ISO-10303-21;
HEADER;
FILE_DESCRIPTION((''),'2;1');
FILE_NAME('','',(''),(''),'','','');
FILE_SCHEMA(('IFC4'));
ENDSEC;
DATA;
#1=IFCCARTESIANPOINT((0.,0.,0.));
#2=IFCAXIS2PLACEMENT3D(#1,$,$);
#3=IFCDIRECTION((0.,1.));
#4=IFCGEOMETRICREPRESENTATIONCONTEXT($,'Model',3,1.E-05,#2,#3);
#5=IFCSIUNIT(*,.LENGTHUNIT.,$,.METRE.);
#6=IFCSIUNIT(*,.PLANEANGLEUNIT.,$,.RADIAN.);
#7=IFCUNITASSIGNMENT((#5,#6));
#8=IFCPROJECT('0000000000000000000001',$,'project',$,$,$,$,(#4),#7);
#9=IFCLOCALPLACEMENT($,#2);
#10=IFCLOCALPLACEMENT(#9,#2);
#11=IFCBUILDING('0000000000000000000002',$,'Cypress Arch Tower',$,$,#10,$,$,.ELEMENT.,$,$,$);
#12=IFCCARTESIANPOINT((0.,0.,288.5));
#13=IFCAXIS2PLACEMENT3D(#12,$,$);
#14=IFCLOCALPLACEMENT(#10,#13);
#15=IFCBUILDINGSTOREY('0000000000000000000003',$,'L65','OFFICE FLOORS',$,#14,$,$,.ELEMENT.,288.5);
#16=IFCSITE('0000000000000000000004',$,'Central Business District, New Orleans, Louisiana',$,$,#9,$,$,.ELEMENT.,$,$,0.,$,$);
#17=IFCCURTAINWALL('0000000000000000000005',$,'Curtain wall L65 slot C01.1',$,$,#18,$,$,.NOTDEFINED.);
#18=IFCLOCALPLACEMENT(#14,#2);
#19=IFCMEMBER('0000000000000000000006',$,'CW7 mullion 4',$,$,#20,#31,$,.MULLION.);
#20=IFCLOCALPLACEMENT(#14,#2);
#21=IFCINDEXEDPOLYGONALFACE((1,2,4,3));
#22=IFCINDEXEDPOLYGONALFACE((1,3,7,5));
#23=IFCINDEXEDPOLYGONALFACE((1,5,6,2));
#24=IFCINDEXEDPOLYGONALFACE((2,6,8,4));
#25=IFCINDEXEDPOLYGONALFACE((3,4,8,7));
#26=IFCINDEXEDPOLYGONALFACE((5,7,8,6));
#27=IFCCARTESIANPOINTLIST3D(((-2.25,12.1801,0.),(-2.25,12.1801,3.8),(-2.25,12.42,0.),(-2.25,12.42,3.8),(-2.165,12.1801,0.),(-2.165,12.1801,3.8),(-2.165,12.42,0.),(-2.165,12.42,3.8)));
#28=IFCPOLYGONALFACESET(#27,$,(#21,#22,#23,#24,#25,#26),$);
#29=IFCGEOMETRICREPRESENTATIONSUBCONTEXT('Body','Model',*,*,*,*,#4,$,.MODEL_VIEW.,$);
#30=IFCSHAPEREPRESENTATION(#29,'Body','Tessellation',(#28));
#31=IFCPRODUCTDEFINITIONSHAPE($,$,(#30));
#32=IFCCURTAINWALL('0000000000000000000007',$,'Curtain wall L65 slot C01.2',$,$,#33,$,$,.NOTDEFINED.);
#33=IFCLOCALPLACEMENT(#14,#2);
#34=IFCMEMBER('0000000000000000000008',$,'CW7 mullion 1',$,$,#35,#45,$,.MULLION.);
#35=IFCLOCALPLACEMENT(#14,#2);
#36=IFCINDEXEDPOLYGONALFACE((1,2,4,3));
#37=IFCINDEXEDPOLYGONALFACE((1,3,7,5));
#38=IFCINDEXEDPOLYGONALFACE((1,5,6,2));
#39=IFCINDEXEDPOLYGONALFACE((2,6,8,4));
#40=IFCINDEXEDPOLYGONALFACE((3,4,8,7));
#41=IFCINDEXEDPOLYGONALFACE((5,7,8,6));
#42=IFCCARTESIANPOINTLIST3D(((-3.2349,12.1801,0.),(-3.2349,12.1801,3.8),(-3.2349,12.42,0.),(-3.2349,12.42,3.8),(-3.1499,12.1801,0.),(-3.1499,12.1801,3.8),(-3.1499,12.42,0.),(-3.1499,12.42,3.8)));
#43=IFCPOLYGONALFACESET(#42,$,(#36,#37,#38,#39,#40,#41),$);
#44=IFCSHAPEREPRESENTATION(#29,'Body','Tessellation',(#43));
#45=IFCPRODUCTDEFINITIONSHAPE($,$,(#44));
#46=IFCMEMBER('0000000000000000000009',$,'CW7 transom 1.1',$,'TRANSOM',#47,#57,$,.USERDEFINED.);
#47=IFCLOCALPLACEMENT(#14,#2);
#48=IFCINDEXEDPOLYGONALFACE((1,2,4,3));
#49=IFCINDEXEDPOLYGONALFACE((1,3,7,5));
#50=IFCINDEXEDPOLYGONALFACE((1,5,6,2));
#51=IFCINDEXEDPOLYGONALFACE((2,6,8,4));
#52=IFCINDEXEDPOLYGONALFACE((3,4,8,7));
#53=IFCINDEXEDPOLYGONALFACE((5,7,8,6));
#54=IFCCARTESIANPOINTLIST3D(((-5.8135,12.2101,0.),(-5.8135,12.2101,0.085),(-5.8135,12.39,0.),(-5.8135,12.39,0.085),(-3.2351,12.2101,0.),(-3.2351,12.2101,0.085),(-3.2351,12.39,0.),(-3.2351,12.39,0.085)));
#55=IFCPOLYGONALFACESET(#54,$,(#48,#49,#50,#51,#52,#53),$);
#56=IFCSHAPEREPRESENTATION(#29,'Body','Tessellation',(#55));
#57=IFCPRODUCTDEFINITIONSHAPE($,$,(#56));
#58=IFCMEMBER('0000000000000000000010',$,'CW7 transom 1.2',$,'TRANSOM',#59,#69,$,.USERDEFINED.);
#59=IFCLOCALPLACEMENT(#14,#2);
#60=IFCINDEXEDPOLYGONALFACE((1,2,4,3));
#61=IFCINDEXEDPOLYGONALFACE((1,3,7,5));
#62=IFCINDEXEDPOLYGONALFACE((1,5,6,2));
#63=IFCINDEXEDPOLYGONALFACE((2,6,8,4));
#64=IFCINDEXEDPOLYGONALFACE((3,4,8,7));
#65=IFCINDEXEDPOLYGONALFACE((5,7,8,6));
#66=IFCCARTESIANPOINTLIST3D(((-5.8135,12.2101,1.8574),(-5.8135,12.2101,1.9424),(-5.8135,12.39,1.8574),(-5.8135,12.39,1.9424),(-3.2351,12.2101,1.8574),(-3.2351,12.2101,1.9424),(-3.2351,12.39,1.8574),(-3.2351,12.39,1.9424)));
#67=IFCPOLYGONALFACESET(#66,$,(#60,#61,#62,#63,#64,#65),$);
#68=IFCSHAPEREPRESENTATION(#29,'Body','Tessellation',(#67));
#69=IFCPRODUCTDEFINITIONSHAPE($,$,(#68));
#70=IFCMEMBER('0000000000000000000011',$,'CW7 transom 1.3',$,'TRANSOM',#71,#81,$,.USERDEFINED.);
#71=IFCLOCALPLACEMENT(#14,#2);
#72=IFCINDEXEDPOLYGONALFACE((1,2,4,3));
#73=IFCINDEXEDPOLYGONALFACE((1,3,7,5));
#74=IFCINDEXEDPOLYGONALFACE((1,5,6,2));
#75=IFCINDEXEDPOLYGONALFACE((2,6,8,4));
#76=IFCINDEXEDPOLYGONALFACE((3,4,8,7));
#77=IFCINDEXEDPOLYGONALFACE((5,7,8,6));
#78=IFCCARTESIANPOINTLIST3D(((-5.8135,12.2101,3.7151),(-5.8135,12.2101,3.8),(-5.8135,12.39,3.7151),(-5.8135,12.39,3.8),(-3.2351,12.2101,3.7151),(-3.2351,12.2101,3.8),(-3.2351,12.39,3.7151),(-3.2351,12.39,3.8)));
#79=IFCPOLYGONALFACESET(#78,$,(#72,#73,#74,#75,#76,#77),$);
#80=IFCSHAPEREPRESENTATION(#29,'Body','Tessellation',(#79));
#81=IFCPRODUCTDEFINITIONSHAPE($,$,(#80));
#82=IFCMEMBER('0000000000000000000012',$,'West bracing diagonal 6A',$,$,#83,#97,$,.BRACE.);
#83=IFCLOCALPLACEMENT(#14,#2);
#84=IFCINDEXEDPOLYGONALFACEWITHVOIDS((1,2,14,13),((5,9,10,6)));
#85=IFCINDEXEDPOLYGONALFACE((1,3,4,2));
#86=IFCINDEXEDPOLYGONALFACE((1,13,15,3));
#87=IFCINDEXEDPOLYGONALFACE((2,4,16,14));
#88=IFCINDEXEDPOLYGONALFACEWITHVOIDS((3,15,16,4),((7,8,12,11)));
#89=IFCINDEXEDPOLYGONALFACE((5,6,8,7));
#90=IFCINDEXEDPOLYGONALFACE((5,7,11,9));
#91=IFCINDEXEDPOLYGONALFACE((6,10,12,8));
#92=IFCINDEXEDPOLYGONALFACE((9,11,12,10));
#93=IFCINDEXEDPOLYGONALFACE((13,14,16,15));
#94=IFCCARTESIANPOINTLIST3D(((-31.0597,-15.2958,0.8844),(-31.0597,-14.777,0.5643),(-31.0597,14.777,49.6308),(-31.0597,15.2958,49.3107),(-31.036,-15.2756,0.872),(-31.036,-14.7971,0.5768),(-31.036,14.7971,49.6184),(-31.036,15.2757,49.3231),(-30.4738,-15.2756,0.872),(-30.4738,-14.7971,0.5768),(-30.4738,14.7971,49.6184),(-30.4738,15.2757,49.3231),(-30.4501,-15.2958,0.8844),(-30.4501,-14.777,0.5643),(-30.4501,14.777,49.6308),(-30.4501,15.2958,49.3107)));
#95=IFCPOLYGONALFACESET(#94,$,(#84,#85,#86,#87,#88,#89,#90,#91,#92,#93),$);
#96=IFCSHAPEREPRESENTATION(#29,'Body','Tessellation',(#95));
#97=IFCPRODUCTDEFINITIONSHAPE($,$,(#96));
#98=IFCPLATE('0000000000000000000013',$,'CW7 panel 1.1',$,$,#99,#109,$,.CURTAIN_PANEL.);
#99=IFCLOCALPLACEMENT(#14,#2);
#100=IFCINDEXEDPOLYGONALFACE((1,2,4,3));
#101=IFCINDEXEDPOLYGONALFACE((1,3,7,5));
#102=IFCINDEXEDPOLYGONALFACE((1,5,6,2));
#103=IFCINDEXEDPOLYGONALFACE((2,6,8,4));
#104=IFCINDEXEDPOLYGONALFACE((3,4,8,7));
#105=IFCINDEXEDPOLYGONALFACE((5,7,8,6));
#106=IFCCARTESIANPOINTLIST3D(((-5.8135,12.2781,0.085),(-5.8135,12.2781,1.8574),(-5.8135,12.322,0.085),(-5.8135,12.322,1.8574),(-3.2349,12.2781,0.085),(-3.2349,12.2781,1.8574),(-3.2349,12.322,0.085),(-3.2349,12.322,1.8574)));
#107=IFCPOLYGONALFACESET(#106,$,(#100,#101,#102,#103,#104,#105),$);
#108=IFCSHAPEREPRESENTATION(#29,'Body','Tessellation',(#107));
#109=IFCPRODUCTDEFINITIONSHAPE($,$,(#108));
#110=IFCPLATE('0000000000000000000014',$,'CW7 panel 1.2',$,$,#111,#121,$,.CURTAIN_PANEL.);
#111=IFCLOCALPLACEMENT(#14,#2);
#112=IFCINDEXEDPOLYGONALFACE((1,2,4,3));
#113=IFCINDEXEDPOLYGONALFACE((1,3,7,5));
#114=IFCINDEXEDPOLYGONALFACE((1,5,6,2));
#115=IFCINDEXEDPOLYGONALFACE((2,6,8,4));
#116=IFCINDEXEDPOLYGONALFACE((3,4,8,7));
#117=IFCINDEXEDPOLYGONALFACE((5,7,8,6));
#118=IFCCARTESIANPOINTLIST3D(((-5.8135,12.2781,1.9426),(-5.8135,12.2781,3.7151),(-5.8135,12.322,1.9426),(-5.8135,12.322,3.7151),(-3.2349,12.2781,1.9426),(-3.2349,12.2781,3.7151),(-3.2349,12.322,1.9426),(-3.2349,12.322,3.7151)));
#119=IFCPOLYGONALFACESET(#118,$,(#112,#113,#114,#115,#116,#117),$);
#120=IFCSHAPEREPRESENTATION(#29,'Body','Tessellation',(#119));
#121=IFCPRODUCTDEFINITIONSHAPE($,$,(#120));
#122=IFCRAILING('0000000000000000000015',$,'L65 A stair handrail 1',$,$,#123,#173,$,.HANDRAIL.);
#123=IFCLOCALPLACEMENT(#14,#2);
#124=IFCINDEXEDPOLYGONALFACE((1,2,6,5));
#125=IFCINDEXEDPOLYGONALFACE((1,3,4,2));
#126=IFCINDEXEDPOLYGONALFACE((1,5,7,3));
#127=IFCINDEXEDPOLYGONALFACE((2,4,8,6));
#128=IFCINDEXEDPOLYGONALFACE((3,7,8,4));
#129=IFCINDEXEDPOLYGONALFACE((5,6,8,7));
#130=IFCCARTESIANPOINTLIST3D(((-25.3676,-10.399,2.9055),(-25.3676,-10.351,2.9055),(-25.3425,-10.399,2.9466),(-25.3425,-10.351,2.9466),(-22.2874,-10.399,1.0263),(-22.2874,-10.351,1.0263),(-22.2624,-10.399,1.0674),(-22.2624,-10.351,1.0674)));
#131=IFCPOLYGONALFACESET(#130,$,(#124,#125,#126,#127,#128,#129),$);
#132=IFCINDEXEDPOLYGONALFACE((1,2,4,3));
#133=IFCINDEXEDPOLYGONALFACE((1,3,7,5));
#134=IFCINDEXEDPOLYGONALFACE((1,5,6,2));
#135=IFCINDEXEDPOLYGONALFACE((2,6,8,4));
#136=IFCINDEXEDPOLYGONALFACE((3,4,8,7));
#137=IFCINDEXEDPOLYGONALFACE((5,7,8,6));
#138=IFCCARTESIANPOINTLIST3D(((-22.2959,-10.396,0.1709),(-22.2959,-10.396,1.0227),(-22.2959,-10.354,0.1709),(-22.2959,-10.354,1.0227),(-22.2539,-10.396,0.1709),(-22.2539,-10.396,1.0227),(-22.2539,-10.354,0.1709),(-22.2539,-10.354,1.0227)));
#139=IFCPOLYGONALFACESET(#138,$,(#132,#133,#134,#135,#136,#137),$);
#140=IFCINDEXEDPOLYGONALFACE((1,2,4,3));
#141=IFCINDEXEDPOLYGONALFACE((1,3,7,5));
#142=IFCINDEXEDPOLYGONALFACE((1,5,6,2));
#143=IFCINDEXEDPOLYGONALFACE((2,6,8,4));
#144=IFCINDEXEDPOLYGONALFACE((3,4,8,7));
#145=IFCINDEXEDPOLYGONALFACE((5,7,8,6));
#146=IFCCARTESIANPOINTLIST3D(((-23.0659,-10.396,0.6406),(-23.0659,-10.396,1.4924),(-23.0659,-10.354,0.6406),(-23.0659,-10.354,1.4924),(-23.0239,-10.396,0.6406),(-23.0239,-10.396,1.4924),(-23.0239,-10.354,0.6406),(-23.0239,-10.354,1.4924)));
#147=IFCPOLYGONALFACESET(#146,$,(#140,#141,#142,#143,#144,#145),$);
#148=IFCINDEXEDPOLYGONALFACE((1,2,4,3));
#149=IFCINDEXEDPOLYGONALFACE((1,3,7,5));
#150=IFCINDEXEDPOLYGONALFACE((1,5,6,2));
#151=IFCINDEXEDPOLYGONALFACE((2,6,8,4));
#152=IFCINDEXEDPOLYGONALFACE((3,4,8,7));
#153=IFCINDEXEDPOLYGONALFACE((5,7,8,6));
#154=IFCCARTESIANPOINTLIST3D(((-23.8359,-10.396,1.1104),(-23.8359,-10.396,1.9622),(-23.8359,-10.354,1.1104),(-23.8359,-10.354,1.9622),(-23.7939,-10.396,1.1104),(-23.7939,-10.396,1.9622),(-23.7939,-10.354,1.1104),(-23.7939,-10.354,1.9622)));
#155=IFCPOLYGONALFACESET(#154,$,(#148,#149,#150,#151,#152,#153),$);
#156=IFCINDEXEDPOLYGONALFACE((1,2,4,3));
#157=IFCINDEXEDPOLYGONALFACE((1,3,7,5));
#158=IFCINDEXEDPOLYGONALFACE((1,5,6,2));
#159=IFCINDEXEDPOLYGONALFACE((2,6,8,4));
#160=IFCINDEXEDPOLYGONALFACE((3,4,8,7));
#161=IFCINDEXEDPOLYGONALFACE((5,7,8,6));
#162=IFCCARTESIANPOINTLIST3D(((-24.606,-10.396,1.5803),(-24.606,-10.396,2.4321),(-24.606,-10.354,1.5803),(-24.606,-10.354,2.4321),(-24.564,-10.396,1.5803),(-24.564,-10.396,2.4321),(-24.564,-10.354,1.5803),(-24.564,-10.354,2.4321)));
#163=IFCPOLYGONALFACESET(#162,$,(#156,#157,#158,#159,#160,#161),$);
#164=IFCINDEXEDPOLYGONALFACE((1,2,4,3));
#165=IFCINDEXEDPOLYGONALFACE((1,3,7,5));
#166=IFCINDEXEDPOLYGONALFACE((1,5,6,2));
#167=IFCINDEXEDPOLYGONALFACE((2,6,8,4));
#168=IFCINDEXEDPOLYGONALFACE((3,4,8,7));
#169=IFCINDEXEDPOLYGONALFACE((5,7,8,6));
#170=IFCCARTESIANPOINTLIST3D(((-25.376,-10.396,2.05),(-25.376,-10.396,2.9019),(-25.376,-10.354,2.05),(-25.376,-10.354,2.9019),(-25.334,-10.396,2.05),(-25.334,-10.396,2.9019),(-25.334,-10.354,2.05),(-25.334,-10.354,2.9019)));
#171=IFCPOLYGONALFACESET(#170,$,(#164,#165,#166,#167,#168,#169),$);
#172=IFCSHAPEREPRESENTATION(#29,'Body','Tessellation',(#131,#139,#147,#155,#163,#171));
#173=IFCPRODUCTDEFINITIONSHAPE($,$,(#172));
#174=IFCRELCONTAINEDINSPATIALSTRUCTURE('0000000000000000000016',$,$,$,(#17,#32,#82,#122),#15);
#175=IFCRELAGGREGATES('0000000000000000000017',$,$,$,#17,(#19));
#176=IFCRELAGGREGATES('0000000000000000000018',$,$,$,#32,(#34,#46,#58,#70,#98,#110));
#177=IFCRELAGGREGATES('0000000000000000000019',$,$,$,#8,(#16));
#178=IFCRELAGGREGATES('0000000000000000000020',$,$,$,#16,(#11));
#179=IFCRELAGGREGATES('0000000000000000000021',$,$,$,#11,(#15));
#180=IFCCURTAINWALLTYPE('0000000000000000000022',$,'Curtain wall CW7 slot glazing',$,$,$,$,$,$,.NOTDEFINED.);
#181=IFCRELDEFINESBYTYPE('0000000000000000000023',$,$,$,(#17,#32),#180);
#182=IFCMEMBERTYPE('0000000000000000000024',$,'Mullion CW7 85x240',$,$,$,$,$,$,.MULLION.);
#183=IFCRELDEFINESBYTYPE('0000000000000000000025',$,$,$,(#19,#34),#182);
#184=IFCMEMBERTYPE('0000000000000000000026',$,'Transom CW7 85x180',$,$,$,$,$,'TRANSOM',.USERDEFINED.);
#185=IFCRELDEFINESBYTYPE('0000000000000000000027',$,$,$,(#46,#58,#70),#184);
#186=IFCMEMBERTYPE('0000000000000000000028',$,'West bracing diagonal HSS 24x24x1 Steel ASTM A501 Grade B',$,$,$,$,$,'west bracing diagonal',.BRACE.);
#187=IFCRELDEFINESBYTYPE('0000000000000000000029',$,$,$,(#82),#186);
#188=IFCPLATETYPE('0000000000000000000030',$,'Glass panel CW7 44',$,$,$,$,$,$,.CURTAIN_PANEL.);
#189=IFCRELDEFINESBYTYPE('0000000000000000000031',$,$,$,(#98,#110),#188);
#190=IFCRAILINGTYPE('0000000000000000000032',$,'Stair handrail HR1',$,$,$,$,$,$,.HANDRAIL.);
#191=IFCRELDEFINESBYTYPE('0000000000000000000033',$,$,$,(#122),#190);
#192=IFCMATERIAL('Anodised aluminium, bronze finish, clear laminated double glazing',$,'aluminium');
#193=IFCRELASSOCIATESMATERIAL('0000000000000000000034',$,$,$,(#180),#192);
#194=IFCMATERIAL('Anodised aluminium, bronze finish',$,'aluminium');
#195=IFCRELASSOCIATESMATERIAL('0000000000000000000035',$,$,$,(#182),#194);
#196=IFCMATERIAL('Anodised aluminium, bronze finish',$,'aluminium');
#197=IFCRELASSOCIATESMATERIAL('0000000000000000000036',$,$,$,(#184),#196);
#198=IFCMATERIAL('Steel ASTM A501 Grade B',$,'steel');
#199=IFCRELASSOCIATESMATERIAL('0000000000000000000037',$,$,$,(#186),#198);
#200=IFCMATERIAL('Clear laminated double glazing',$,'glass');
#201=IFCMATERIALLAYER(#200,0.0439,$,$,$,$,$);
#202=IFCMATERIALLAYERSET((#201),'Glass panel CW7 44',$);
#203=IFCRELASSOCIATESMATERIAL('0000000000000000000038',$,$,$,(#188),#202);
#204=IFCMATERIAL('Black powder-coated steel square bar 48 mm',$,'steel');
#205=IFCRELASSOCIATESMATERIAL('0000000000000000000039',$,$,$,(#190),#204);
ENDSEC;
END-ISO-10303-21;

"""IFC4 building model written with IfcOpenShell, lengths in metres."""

from ifc_helpers import new_model, si_unit, direction, frame, origin, origin_2d, place, context, subcontext, project, spatial, rectangle, hollow_rectangle, extrude, material, layer, layer_set, material_profile, profile_set, type_object, element, aggregate, save


model = new_model("IFC4")

# Units and contexts
model_context = context("Model", 3, precision=1e-05, world=origin(), true_north=direction((0.0, 1.0)))
body_context = subcontext(model_context, "Body", "Model", "MODEL_VIEW")
ifc_project = project(units=[si_unit("LENGTHUNIT", "METRE"), si_unit("PLANEANGLEUNIT", "RADIAN")], contexts=[model_context])

# Site, building, storey
site_placement = place(None, origin())
site = spatial("IfcSite", under=ifc_project, at=site_placement, Name="Central Business District, New Orleans, Louisiana", CompositionType="ELEMENT", RefElevation=0.0)
building_placement = place(site_placement, origin())
building = spatial("IfcBuilding", under=site, at=building_placement, Name="Cypress Arch Tower", CompositionType="ELEMENT")
storey_placement = place(building_placement, frame((0.0, 0.0, 288.5)))
storey = spatial("IfcBuildingStorey", under=building, at=storey_placement, Name="L65", Description="OFFICE FLOORS", CompositionType="ELEMENT", Elevation=288.5)

# Curtain wall, member
ifc_material_1 = material(Name="Anodised aluminium, bronze finish, clear laminated double glazing", Category="aluminium")
curtain_wall_type = type_object("IfcCurtainWallType", Name="Curtain wall CW7 slot glazing", PredefinedType="NOTDEFINED", material=ifc_material_1)
curtain_wall_1_placement = place(storey_placement, origin())
curtain_wall_1 = element("IfcCurtainWall", 1, at=curtain_wall_1_placement, inside=storey, type_object=curtain_wall_type, Name="Curtain wall L65 slot C01.1", PredefinedType="NOTDEFINED")
ifc_material_2 = material(Name="Anodised aluminium, bronze finish", Category="aluminium")
ifc_material_profile_1 = material_profile(ifc_material_2, rectangle(XDim=0.24, YDim=0.085, at=origin_2d()), Name="Mullion 85x240")
ifc_profile_set_1 = profile_set([ifc_material_profile_1], Name="Anodised aluminium, bronze finish")
member_type_1 = type_object("IfcMemberType", Name="Mullion CW7 85x240", PredefinedType="MULLION", material=ifc_profile_set_1)
member_1_placement = place(storey_placement, frame((-2.2075, 12.3, 0.0), z_axis=(0.0, 0.0, 1.0), x_axis=(0.0, -1.0, 0.0)))
member_1 = element("IfcMember", 2, at=member_1_placement, type_object=member_type_1, Name="CW7 mullion 4", PredefinedType="MULLION", context=body_context, shape_type="SweptSolid", body=[
    extrude(rectangle(XDim=0.24, YDim=0.085, at=origin_2d()), origin(), (0.0, 0.0, 1.0), 3.8),
])
aggregate(curtain_wall_1, [member_1])

# Curtain wall, members
curtain_wall_2_placement = place(storey_placement, origin())
curtain_wall_2 = element("IfcCurtainWall", 3, at=curtain_wall_2_placement, inside=storey, type_object=curtain_wall_type, Name="Curtain wall L65 slot C01.2", PredefinedType="NOTDEFINED")
member_2_placement = place(storey_placement, frame((-3.1924, 12.3, 0.0), z_axis=(0.0, 0.0, 1.0), x_axis=(0.0, -1.0, 0.0)))
member_2 = element("IfcMember", 4, at=member_2_placement, type_object=member_type_1, Name="CW7 mullion 1", PredefinedType="MULLION", context=body_context, shape_type="SweptSolid", body=[
    extrude(rectangle(XDim=0.24, YDim=0.085, at=origin_2d()), origin(), (0.0, 0.0, 1.0), 3.8),
])
ifc_material_3 = material(Name="Anodised aluminium, bronze finish", Category="aluminium")
ifc_material_profile_2 = material_profile(ifc_material_3, rectangle(XDim=0.1799, YDim=0.085, at=origin_2d()), Name="Transom 85x180")
ifc_profile_set_2 = profile_set([ifc_material_profile_2], Name="Anodised aluminium, bronze finish")
member_type_2 = type_object("IfcMemberType", Name="Transom CW7 85x180", ElementType="TRANSOM", PredefinedType="USERDEFINED", material=ifc_profile_set_2)
member_3_placement = place(storey_placement, frame((-3.2351, 12.3, 0.0425), z_axis=(-1.0, 0.0, 0.0), x_axis=(0.0, -1.0, 0.0)))
member_3 = element("IfcMember", 5, at=member_3_placement, type_object=member_type_2, Name="CW7 transom 1.1", ObjectType="TRANSOM", PredefinedType="USERDEFINED", context=body_context, shape_type="SweptSolid", body=[
    extrude(rectangle(XDim=0.1799, YDim=0.085, at=origin_2d()), origin(), (0.0, 0.0, 1.0), 2.5784),
])
member_4_placement = place(storey_placement, frame((-3.2351, 12.3, 1.8999), z_axis=(-1.0, 0.0, 0.0), x_axis=(0.0, -1.0, 0.0)))
member_4 = element("IfcMember", 6, at=member_4_placement, type_object=member_type_2, Name="CW7 transom 1.2", ObjectType="TRANSOM", PredefinedType="USERDEFINED", context=body_context, shape_type="SweptSolid", body=[
    extrude(rectangle(XDim=0.1799, YDim=0.085, at=origin_2d()), origin(), (0.0, 0.0, 1.0), 2.5784),
])
member_5_placement = place(storey_placement, frame((-3.2351, 12.3, 3.7576), z_axis=(-1.0, 0.0, 0.0), x_axis=(0.0, -1.0, 0.0)))
member_5 = element("IfcMember", 7, at=member_5_placement, type_object=member_type_2, Name="CW7 transom 1.3", ObjectType="TRANSOM", PredefinedType="USERDEFINED", context=body_context, shape_type="SweptSolid", body=[
    extrude(rectangle(XDim=0.1799, YDim=0.085, at=origin_2d()), origin(), (0.0, 0.0, 1.0), 2.5784),
])

# Member
ifc_material_4 = material(Name="Steel ASTM A501 Grade B", Category="steel")
ifc_material_profile_3 = material_profile(ifc_material_4, hollow_rectangle(XDim=0.6096, YDim=0.6096, WallThickness=0.0237, at=origin_2d()), Name="HSS 24x24x1")
ifc_profile_set_3 = profile_set([ifc_material_profile_3], Name="Steel ASTM A501 Grade B")
member_type_3 = type_object("IfcMemberType", Name="West bracing diagonal HSS 24x24x1 Steel ASTM A501 Grade B", ElementType="west bracing diagonal", PredefinedType="BRACE", material=ifc_profile_set_3)
member_6_placement = place(storey_placement, frame((-30.7549, -15.0364, 0.7244), z_axis=(0.0, 0.525047, 0.851073), x_axis=(-1.0, 0.0, 0.0)))
element("IfcMember", 8, at=member_6_placement, inside=storey, type_object=member_type_3, Name="West bracing diagonal 6A", PredefinedType="BRACE", context=body_context, shape_type="SweptSolid", body=[
    extrude(hollow_rectangle(XDim=0.6096, YDim=0.6096, WallThickness=0.0237, at=origin_2d()), origin(), (0.0, 0.0, 1.0), 57.2764),
])

# Plates
ifc_material_5 = material(Name="Clear laminated double glazing", Category="glass")
ifc_layer = layer(ifc_material_5, 0.0439)
ifc_layer_set = layer_set([ifc_layer], Name="Glass panel CW7 44")
plate_type = type_object("IfcPlateType", Name="Glass panel CW7 44", PredefinedType="CURTAIN_PANEL", material=ifc_layer_set)
plate_1_placement = place(storey_placement, frame((-4.5242, 12.3, 0.085), z_axis=(0.0, 0.0, 1.0), x_axis=(-1.0, 0.0, 0.0)))
plate_1 = element("IfcPlate", 9, at=plate_1_placement, type_object=plate_type, Name="CW7 panel 1.1", PredefinedType="CURTAIN_PANEL", context=body_context, shape_type="SweptSolid", body=[
    extrude(rectangle(XDim=2.5786, YDim=0.0439, at=origin_2d()), origin(), (0.0, 0.0, 1.0), 1.7725),
])
plate_2_placement = place(storey_placement, frame((-4.5242, 12.3, 1.9426), z_axis=(0.0, 0.0, 1.0), x_axis=(-1.0, 0.0, 0.0)))
plate_2 = element("IfcPlate", 10, at=plate_2_placement, type_object=plate_type, Name="CW7 panel 1.2", PredefinedType="CURTAIN_PANEL", context=body_context, shape_type="SweptSolid", body=[
    extrude(rectangle(XDim=2.5786, YDim=0.0439, at=origin_2d()), origin(), (0.0, 0.0, 1.0), 1.7725),
])
aggregate(curtain_wall_2, [member_2, member_3, member_4, member_5, plate_1, plate_2])

# Railing
ifc_material_6 = material(Name="Black powder-coated steel square bar 48 mm", Category="steel")
railing_type_1 = type_object("IfcRailingType", Name="Stair handrail HR1", PredefinedType="HANDRAIL", material=ifc_material_6)
railing_1_placement = place(storey_placement, frame((-22.2749, -10.375, 0.1709)))
element("IfcRailing", 11, at=railing_1_placement, inside=storey, type_object=railing_type_1, Name="L65 A stair handrail 1", PredefinedType="HANDRAIL", context=body_context, shape_type="SweptSolid", body=[
    extrude(rectangle(XDim=0.0481, YDim=0.0481, at=origin_2d()), frame((0.0, 0.0, 0.876), z_axis=(-0.853666, 0.0, 0.52082), x_axis=(0.0, -1.0, 0.0)), (0.0, 0.0, 1.0), 3.6082),
    extrude(rectangle(XDim=0.042, YDim=0.042, at=origin_2d()), origin(), (0.0, 0.0, 1.0), 0.8518),
    extrude(rectangle(XDim=0.042, YDim=0.042, at=origin_2d()), frame((-0.77, 0.0, 0.4697)), (0.0, 0.0, 1.0), 0.8518),
    extrude(rectangle(XDim=0.042, YDim=0.042, at=origin_2d()), frame((-1.54, 0.0, 0.9395)), (0.0, 0.0, 1.0), 0.8518),
    extrude(rectangle(XDim=0.042, YDim=0.042, at=origin_2d()), frame((-2.3101, 0.0, 1.4094)), (0.0, 0.0, 1.0), 0.8518),
    extrude(rectangle(XDim=0.042, YDim=0.042, at=origin_2d()), frame((-3.0801, 0.0, 1.8792)), (0.0, 0.0, 1.0), 0.8518),
])

save(model, "model.ifc")
